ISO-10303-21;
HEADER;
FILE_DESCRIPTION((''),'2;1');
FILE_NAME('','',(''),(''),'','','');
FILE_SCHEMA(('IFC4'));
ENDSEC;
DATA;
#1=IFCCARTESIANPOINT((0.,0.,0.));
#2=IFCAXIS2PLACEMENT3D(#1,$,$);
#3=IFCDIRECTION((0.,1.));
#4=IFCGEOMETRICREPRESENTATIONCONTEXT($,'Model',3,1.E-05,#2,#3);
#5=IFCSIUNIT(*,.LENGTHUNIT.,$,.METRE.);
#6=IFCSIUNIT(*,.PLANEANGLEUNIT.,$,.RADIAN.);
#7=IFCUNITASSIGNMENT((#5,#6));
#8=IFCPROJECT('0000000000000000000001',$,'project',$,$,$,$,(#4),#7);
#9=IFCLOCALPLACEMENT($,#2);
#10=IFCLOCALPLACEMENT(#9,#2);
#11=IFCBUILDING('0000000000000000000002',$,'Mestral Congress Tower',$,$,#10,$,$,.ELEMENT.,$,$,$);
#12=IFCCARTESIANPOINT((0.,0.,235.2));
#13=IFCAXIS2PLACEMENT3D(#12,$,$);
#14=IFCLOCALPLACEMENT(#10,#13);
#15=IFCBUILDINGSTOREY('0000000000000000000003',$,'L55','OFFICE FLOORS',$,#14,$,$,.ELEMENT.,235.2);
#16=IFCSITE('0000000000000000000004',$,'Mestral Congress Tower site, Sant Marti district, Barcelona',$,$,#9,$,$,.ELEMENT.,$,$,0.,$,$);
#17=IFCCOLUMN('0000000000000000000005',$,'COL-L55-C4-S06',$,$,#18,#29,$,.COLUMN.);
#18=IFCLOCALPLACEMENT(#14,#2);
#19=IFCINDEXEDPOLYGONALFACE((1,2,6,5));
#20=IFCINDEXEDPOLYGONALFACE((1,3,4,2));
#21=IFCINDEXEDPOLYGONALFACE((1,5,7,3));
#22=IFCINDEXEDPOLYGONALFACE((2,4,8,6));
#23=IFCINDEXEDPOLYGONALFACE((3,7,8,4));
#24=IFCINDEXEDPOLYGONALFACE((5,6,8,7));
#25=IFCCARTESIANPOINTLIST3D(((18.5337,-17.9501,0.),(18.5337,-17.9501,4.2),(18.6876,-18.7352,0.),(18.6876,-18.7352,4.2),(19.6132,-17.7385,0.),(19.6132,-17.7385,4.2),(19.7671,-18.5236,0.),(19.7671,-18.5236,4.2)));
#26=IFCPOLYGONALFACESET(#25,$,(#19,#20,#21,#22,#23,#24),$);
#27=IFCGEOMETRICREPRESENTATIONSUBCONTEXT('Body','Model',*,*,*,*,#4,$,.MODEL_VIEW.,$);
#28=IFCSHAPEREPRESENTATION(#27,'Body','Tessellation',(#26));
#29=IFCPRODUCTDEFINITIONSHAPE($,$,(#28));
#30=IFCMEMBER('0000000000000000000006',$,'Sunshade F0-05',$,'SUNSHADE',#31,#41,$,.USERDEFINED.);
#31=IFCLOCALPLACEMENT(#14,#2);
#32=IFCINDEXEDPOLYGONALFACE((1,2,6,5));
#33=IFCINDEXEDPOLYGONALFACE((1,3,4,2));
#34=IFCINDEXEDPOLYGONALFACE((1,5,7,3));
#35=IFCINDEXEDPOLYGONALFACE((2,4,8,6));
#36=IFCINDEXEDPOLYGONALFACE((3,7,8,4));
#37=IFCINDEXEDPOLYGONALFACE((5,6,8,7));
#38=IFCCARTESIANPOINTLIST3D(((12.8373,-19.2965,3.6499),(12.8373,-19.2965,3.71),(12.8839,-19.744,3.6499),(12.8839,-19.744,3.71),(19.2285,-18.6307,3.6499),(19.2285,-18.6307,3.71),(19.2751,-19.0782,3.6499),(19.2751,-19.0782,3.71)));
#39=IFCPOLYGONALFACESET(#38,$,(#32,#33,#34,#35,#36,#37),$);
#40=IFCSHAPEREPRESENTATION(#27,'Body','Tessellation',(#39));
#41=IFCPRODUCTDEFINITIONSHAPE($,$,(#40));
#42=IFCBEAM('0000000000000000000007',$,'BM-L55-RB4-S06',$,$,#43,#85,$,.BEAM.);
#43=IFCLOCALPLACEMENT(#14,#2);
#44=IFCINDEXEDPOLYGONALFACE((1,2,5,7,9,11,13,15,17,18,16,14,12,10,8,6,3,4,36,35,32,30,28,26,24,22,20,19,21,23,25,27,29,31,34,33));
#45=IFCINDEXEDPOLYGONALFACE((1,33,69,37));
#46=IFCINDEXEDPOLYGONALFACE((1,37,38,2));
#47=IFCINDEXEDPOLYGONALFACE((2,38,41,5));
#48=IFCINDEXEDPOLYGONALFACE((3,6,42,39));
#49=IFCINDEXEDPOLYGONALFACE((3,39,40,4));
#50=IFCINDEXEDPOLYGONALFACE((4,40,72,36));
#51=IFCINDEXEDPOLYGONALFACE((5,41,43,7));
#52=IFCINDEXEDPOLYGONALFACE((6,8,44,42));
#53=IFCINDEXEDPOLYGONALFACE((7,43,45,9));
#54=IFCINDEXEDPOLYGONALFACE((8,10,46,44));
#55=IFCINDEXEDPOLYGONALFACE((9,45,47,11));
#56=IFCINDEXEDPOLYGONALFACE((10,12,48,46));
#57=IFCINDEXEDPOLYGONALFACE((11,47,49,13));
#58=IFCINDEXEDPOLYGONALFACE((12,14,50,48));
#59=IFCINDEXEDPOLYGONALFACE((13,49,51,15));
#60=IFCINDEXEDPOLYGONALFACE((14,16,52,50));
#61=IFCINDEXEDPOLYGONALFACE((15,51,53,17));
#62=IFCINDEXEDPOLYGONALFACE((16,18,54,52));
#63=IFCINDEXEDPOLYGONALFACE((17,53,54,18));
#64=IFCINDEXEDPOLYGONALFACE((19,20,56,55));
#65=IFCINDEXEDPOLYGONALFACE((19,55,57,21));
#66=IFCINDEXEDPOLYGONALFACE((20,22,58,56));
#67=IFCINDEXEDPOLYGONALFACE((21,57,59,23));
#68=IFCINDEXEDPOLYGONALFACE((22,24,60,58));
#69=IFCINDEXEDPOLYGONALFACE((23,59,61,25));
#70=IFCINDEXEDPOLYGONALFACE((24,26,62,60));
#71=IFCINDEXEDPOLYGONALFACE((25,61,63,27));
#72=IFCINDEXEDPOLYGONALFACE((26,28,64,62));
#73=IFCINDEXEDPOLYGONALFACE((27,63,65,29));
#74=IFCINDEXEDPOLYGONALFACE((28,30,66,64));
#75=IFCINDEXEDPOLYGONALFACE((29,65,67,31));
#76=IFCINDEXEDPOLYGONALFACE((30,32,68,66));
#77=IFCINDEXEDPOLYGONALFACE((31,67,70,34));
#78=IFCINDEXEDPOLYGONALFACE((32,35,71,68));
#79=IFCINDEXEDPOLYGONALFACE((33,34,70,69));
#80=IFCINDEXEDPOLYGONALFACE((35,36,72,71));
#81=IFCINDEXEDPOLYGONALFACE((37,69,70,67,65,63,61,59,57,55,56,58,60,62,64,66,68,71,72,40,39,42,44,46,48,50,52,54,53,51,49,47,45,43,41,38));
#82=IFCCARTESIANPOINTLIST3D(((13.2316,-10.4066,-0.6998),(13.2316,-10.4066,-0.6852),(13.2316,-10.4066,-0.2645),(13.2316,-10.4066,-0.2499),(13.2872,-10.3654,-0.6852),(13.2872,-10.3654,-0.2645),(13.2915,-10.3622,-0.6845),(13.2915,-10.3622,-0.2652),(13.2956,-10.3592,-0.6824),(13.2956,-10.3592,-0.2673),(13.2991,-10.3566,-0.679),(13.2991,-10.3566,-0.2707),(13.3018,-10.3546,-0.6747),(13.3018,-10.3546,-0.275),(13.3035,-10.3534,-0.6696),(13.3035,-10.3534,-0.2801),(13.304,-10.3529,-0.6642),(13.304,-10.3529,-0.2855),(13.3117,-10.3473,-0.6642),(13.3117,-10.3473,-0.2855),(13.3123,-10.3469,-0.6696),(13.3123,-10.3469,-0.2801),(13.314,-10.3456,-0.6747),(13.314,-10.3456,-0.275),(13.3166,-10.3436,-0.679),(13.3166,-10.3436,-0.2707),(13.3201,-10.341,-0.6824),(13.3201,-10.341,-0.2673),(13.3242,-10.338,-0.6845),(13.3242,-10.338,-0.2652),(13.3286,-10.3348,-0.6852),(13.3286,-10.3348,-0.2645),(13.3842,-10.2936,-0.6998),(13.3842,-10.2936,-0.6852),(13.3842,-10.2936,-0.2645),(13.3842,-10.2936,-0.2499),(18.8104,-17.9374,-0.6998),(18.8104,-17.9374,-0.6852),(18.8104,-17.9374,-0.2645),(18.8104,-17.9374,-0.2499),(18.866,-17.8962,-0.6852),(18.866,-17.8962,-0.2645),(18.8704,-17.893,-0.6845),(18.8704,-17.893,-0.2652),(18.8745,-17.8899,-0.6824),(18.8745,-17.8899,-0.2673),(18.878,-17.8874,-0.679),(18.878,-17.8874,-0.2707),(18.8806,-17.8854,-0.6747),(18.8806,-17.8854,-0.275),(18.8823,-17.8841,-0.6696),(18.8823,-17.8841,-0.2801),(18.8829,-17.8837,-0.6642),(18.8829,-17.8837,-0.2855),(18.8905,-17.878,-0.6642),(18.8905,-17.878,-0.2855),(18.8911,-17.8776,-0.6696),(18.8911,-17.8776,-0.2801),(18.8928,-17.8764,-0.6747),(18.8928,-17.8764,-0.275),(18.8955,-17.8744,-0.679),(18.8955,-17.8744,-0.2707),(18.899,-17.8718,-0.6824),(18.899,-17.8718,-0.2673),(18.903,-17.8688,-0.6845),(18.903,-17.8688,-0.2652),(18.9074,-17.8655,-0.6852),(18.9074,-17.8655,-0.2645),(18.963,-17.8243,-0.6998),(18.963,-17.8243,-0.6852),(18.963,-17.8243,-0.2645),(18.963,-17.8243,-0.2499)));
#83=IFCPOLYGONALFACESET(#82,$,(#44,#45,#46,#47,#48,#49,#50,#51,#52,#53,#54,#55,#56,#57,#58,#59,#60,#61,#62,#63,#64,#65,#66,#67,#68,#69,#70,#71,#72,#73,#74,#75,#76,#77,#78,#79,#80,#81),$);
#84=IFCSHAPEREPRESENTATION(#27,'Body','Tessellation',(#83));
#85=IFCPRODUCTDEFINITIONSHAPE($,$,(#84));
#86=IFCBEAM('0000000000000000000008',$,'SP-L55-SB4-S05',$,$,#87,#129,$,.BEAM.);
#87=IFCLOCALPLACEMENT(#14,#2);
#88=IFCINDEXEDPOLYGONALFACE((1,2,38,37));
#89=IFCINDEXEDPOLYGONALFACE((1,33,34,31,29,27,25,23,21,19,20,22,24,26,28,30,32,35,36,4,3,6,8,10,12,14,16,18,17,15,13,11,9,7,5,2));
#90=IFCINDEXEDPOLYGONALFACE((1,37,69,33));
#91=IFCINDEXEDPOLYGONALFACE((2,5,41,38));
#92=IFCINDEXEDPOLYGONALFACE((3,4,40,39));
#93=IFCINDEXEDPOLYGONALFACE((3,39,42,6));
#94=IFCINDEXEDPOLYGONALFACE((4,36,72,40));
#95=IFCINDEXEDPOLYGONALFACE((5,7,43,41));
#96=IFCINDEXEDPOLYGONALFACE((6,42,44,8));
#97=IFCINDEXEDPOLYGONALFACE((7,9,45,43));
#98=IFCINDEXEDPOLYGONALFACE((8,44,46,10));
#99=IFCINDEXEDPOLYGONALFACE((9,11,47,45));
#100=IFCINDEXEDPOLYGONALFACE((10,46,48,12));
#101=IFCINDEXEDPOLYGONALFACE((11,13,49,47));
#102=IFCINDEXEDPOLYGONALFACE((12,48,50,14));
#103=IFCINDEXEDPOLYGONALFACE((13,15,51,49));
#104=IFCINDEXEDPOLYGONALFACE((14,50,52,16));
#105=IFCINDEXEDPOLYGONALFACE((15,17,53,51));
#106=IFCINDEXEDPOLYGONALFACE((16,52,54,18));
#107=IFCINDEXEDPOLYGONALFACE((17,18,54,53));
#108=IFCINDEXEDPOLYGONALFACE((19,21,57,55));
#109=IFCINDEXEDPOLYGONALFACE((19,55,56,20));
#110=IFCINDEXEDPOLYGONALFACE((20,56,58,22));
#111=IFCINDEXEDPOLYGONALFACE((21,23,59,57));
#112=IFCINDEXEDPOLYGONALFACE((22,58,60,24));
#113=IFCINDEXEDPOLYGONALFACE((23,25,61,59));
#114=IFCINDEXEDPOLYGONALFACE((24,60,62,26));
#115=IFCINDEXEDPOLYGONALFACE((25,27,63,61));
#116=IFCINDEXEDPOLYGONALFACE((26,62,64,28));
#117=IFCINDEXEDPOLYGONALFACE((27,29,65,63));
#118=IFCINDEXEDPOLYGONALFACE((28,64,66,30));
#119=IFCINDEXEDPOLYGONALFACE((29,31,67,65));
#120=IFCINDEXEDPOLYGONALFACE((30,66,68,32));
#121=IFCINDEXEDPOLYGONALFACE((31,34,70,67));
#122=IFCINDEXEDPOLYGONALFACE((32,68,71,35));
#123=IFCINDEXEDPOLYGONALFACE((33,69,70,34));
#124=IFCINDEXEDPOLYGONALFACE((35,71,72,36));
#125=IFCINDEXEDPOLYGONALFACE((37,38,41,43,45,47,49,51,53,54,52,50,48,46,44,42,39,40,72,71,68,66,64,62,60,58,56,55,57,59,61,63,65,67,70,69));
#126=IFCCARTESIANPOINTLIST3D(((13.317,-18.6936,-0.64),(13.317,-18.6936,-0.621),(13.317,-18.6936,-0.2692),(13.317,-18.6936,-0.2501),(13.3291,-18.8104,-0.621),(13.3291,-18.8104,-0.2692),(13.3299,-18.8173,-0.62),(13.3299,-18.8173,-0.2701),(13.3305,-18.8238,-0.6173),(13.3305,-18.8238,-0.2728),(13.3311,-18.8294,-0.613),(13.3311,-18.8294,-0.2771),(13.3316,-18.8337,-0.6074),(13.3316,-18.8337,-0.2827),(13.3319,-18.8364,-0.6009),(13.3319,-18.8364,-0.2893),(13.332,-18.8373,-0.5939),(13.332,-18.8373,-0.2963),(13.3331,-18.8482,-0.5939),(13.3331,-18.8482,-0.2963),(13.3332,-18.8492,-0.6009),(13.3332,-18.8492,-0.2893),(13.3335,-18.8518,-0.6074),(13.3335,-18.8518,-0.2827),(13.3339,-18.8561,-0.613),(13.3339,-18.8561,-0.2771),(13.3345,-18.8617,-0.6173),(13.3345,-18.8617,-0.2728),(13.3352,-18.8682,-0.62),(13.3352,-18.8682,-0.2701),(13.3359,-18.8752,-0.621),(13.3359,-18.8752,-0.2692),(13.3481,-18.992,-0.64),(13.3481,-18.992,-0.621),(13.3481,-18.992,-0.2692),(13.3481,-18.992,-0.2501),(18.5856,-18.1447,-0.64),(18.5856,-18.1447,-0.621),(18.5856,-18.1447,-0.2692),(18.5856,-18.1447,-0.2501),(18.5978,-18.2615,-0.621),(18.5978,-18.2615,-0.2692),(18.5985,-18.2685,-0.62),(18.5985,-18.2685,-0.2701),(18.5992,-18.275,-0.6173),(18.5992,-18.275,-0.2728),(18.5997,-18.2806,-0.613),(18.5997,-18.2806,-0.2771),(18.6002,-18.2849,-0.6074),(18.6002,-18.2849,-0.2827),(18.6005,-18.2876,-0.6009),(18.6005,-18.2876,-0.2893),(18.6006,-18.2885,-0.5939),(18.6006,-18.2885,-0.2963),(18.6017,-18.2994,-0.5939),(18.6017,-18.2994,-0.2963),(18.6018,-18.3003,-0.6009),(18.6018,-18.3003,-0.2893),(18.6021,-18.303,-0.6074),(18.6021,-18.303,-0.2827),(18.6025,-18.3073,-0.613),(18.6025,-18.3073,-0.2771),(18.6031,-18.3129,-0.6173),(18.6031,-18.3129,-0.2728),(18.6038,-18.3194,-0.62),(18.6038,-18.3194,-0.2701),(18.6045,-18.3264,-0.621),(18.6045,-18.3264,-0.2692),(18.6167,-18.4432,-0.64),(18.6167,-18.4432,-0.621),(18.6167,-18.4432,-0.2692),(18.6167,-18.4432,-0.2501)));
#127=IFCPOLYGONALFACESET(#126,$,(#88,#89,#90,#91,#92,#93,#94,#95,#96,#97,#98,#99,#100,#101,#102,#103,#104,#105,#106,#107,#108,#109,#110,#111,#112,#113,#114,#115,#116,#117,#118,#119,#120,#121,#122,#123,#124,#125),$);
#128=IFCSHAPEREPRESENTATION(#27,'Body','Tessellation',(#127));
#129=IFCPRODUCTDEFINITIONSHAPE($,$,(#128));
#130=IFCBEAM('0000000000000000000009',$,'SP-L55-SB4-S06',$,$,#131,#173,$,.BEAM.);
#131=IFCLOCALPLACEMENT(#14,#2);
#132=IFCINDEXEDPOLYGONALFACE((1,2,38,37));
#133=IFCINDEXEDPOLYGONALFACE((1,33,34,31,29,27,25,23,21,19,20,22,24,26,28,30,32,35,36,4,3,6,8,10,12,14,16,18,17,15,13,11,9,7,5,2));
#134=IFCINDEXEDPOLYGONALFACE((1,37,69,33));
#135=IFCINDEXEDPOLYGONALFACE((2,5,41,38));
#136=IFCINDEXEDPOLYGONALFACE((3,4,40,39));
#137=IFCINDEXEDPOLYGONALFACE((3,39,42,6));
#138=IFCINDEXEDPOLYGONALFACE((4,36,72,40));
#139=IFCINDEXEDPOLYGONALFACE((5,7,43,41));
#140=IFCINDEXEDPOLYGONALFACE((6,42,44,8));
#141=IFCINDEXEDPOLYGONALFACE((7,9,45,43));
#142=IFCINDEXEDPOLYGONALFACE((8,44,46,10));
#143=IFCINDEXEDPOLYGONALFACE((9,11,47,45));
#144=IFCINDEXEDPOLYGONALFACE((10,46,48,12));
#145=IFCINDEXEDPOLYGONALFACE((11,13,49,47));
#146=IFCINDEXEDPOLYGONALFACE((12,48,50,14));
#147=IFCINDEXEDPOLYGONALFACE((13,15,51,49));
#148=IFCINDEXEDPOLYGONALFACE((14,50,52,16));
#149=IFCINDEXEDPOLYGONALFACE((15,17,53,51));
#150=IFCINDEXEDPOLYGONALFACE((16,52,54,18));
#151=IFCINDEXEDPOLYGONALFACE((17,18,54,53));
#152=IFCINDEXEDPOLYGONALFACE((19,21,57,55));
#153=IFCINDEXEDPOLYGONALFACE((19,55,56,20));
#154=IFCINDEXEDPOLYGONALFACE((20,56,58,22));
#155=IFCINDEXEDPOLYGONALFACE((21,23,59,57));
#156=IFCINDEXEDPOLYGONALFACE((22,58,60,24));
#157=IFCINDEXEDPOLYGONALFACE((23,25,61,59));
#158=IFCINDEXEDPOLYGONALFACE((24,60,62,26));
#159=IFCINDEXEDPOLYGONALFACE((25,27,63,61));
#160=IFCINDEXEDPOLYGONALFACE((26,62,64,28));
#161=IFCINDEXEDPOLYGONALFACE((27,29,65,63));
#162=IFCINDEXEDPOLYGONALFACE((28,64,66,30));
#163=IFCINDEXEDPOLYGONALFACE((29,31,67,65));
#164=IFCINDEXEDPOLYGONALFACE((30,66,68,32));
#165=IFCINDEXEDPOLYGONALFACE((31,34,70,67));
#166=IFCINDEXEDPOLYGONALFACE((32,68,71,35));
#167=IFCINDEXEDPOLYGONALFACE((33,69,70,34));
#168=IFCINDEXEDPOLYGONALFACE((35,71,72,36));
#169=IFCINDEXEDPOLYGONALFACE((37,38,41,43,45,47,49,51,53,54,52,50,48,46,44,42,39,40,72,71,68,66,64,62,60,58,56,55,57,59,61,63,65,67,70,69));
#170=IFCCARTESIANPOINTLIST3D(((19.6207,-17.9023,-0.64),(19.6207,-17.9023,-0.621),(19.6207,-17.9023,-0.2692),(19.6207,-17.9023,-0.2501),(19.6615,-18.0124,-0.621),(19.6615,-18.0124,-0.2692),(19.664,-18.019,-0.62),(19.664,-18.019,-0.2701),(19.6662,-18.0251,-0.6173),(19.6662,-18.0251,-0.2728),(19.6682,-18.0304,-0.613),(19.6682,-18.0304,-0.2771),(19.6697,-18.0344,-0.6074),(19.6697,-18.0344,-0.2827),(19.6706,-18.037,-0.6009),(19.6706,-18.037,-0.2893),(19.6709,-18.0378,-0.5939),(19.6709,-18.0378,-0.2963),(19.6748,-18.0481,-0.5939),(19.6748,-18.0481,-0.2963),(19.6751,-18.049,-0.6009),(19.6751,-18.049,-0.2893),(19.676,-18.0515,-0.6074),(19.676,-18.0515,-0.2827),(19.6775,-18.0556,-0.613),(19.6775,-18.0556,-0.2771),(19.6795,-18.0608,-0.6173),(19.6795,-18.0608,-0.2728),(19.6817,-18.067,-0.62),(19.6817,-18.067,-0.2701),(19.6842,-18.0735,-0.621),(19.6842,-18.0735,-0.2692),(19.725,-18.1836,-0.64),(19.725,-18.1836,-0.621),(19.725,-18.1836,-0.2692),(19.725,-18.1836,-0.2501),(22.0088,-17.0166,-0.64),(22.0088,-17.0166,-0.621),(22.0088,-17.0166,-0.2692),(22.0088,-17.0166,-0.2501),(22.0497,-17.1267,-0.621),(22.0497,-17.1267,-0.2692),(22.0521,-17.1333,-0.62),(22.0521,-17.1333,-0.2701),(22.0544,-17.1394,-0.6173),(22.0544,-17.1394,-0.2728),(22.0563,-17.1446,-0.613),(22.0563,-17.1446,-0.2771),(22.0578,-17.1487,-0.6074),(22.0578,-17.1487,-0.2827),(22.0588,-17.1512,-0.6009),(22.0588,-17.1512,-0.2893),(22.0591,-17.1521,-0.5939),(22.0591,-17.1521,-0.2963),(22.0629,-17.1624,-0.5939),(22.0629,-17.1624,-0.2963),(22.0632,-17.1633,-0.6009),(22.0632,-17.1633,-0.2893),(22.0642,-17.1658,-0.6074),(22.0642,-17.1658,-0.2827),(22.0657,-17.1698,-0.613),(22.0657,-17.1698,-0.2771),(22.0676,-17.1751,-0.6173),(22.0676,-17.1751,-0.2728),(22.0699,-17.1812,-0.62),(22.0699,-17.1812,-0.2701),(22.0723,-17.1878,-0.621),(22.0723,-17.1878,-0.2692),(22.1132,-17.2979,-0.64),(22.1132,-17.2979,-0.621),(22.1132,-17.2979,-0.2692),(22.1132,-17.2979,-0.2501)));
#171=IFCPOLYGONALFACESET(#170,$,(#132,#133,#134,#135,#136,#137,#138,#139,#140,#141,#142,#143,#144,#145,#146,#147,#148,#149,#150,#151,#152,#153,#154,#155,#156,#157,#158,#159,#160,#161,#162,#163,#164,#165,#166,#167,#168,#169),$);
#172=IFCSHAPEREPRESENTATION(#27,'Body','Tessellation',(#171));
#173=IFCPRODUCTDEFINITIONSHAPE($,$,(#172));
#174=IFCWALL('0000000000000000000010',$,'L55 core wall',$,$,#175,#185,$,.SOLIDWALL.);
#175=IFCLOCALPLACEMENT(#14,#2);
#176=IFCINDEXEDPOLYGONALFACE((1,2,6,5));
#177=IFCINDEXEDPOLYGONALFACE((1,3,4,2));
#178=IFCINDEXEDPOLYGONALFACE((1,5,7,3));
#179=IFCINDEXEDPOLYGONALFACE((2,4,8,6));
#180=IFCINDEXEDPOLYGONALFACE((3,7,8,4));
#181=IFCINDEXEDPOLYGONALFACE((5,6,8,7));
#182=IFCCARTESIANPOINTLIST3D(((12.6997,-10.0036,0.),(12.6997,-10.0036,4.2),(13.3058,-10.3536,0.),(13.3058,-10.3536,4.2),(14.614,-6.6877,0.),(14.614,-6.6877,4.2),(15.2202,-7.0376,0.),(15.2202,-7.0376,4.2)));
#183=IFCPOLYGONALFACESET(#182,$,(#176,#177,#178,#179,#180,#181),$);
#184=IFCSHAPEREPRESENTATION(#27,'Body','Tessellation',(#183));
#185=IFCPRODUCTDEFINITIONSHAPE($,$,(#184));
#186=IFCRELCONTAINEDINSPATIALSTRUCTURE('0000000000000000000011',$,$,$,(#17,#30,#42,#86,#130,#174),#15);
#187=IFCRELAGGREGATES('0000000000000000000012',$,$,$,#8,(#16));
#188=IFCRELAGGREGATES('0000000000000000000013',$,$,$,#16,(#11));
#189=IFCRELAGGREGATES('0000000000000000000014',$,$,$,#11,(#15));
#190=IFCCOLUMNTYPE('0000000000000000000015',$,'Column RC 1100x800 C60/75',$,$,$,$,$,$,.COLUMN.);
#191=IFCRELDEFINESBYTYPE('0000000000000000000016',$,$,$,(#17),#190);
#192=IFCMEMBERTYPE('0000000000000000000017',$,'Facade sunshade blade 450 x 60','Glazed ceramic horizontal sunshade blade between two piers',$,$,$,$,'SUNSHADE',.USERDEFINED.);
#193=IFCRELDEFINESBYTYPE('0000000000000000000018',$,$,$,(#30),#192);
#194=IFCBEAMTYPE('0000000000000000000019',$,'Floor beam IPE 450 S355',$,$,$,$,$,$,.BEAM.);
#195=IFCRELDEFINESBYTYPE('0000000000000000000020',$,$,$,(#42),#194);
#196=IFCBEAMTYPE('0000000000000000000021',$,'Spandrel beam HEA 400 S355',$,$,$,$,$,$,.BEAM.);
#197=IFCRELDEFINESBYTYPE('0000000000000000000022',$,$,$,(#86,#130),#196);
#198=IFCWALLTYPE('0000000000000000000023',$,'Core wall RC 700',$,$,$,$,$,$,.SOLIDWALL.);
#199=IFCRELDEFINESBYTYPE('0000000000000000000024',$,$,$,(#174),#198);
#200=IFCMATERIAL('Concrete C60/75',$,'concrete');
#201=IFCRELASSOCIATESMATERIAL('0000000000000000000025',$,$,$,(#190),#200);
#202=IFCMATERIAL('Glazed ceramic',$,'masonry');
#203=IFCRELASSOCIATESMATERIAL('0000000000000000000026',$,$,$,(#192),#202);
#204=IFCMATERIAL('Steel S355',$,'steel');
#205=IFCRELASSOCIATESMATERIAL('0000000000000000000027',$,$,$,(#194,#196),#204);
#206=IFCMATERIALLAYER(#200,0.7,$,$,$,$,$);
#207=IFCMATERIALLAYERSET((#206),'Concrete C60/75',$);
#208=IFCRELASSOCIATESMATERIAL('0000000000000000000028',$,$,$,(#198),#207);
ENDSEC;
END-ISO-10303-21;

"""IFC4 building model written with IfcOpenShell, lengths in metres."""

from ifc_helpers import new_model, si_unit, direction, frame, frame_2d, origin, origin_2d, place, context, subcontext, project, spatial, rectangle, i_section, extrude, material, layer, layer_set, material_profile, profile_set, type_object, element, save


model = new_model("IFC4")

# Units and contexts
model_context = context("Model", 3, precision=1e-05, world=origin(), true_north=direction((0.0, 1.0)))
body_context = subcontext(model_context, "Body", "Model", "MODEL_VIEW")
ifc_project = project(units=[si_unit("LENGTHUNIT", "METRE"), si_unit("PLANEANGLEUNIT", "RADIAN")], contexts=[model_context])

# Site, building, storey
site_placement = place(None, origin())
site = spatial("IfcSite", under=ifc_project, at=site_placement, Name="Mestral Congress Tower site, Sant Marti district, Barcelona", CompositionType="ELEMENT", RefElevation=0.0)
building_placement = place(site_placement, origin())
building = spatial("IfcBuilding", under=site, at=building_placement, Name="Mestral Congress Tower", CompositionType="ELEMENT")
storey_placement = place(building_placement, frame((0.0, 0.0, 235.2)))
storey = spatial("IfcBuildingStorey", under=building, at=storey_placement, Name="L55", Description="OFFICE FLOORS", CompositionType="ELEMENT", Elevation=235.2)

# Column
ifc_material_1 = material(Name="Concrete C60/75", Category="concrete")
ifc_material_profile_1 = material_profile(ifc_material_1, rectangle(XDim=1.1001, YDim=0.8, at=origin_2d()), Name="RC 1100x800")
ifc_profile_set_1 = profile_set([ifc_material_profile_1], Name="Concrete C60/75")
column_type = type_object("IfcColumnType", Name="Column RC 1100x800 C60/75", PredefinedType="COLUMN", material=ifc_profile_set_1)
column_placement = place(storey_placement, frame((19.1504, -18.2368, 0.0), z_axis=(0.0, 0.0, 1.0), x_axis=(0.981325, 0.192359, 0.0)))
element("IfcColumn", 1, at=column_placement, inside=storey, type_object=column_type, Name="COL-L55-C4-S06", PredefinedType="COLUMN", context=body_context, shape_type="SweptSolid", body=[
    extrude(rectangle(XDim=1.1001, YDim=0.8, at=origin_2d()), origin(), (0.0, 0.0, 1.0), 4.2),
])

# Member
ifc_material_2 = material(Name="Glazed ceramic", Category="masonry")
ifc_material_profile_2 = material_profile(ifc_material_2, rectangle(XDim=0.45, YDim=0.0601, at=origin_2d()), Name="Ceramic blade 450 x 60")
ifc_profile_set_2 = profile_set([ifc_material_profile_2], Name="Glazed ceramic")
member_type = type_object("IfcMemberType", Name="Facade sunshade blade 450 x 60", Description="Glazed ceramic horizontal sunshade blade between two piers", ElementType="SUNSHADE", PredefinedType="USERDEFINED", material=ifc_profile_set_2)
member_placement = place(storey_placement, frame((12.8606, -19.5203, 3.6799), z_axis=(0.994618, 0.103611, 0.0), x_axis=(-0.103611, 0.994618, 0.0)))
element("IfcMember", 2, at=member_placement, inside=storey, type_object=member_type, Name="Sunshade F0-05", ObjectType="SUNSHADE", PredefinedType="USERDEFINED", context=body_context, shape_type="SweptSolid", body=[
    extrude(rectangle(XDim=0.45, YDim=0.0601, at=origin_2d()), origin(), (0.0, 0.0, 1.0), 6.4258),
])

# Beams
ifc_material_3 = material(Name="Steel S355", Category="steel")
ifc_material_profile_3 = material_profile(ifc_material_3, i_section(OverallWidth=0.1899, OverallDepth=0.45, WebThickness=0.0095, FlangeThickness=0.0146, FilletRadius=0.021, at=origin_2d()), Name="IPE 450")
ifc_profile_set_3 = profile_set([ifc_material_profile_3], Name="Steel S355")
beam_type_1 = type_object("IfcBeamType", Name="Floor beam IPE 450 S355", PredefinedType="BEAM", material=ifc_profile_set_3)
beam_1_placement = place(storey_placement, frame((18.8867, -17.8809, -0.4749), z_axis=(-0.595263, 0.803531, 0.0), x_axis=(-0.803531, -0.595263, 0.0)))
element("IfcBeam", 3, at=beam_1_placement, inside=storey, type_object=beam_type_1, Name="BM-L55-RB4-S06", PredefinedType="BEAM", context=body_context, shape_type="SweptSolid", body=[
    extrude(i_section(OverallWidth=0.1899, OverallDepth=0.45, WebThickness=0.0095, FlangeThickness=0.0146, FilletRadius=0.021, at=origin_2d()), origin(), (0.0, 0.0, 1.0), 9.3721),
])
ifc_material_profile_4 = material_profile(ifc_material_3, i_section(OverallWidth=0.3, OverallDepth=0.3899, WebThickness=0.011, FlangeThickness=0.019, FilletRadius=0.0271, at=origin_2d()), Name="HEA 400")
ifc_profile_set_4 = profile_set([ifc_material_profile_4], Name="Steel S355")
beam_type_2 = type_object("IfcBeamType", Name="Spandrel beam HEA 400 S355", PredefinedType="BEAM", material=ifc_profile_set_4)
beam_2_placement = place(storey_placement, frame((13.3325, -18.8428, -0.4451), z_axis=(0.994618, 0.10361, 0.0), x_axis=(-0.10361, 0.994618, 0.0)))
element("IfcBeam", 4, at=beam_2_placement, inside=storey, type_object=beam_type_2, Name="SP-L55-SB4-S05", PredefinedType="BEAM", context=body_context, shape_type="SweptSolid", body=[
    extrude(i_section(OverallWidth=0.3, OverallDepth=0.3899, WebThickness=0.011, FlangeThickness=0.019, FilletRadius=0.0271, at=origin_2d()), origin(), (0.0, 0.0, 1.0), 5.2971),
])
beam_3_placement = place(storey_placement, frame((19.6729, -18.043, -0.4451), z_axis=(0.937591, 0.347739, 0.0), x_axis=(-0.347739, 0.937591, 0.0)))
element("IfcBeam", 5, at=beam_3_placement, inside=storey, type_object=beam_type_2, Name="SP-L55-SB4-S06", PredefinedType="BEAM", context=body_context, shape_type="SweptSolid", body=[
    extrude(i_section(OverallWidth=0.3, OverallDepth=0.3899, WebThickness=0.011, FlangeThickness=0.019, FilletRadius=0.0271, at=origin_2d()), origin(), (0.0, 0.0, 1.0), 2.5471),
])

# Wall
ifc_layer_1 = layer(ifc_material_1, 0.7)
ifc_layer_set_1 = layer_set([ifc_layer_1], Name="Concrete C60/75")
wall_type_1 = type_object("IfcWallType", Name="Core wall RC 700", PredefinedType="SOLIDWALL", material=ifc_layer_set_1)
wall_1_placement = place(storey_placement, frame((13.0027, -10.1787, 0.0), z_axis=(0.0, 0.0, 1.0), x_axis=(0.499973, 0.866041, 0.0)))
element("IfcWall", 6, at=wall_1_placement, inside=storey, type_object=wall_type_1, Name="L55 core wall", PredefinedType="SOLIDWALL", context=body_context, shape_type="SweptSolid", body=[
    extrude(rectangle(XDim=3.8289, YDim=0.7, at=frame_2d((1.9146, 0.0))), origin(), (0.0, 0.0, 1.0), 4.2),
])

save(model, "model.ifc")
